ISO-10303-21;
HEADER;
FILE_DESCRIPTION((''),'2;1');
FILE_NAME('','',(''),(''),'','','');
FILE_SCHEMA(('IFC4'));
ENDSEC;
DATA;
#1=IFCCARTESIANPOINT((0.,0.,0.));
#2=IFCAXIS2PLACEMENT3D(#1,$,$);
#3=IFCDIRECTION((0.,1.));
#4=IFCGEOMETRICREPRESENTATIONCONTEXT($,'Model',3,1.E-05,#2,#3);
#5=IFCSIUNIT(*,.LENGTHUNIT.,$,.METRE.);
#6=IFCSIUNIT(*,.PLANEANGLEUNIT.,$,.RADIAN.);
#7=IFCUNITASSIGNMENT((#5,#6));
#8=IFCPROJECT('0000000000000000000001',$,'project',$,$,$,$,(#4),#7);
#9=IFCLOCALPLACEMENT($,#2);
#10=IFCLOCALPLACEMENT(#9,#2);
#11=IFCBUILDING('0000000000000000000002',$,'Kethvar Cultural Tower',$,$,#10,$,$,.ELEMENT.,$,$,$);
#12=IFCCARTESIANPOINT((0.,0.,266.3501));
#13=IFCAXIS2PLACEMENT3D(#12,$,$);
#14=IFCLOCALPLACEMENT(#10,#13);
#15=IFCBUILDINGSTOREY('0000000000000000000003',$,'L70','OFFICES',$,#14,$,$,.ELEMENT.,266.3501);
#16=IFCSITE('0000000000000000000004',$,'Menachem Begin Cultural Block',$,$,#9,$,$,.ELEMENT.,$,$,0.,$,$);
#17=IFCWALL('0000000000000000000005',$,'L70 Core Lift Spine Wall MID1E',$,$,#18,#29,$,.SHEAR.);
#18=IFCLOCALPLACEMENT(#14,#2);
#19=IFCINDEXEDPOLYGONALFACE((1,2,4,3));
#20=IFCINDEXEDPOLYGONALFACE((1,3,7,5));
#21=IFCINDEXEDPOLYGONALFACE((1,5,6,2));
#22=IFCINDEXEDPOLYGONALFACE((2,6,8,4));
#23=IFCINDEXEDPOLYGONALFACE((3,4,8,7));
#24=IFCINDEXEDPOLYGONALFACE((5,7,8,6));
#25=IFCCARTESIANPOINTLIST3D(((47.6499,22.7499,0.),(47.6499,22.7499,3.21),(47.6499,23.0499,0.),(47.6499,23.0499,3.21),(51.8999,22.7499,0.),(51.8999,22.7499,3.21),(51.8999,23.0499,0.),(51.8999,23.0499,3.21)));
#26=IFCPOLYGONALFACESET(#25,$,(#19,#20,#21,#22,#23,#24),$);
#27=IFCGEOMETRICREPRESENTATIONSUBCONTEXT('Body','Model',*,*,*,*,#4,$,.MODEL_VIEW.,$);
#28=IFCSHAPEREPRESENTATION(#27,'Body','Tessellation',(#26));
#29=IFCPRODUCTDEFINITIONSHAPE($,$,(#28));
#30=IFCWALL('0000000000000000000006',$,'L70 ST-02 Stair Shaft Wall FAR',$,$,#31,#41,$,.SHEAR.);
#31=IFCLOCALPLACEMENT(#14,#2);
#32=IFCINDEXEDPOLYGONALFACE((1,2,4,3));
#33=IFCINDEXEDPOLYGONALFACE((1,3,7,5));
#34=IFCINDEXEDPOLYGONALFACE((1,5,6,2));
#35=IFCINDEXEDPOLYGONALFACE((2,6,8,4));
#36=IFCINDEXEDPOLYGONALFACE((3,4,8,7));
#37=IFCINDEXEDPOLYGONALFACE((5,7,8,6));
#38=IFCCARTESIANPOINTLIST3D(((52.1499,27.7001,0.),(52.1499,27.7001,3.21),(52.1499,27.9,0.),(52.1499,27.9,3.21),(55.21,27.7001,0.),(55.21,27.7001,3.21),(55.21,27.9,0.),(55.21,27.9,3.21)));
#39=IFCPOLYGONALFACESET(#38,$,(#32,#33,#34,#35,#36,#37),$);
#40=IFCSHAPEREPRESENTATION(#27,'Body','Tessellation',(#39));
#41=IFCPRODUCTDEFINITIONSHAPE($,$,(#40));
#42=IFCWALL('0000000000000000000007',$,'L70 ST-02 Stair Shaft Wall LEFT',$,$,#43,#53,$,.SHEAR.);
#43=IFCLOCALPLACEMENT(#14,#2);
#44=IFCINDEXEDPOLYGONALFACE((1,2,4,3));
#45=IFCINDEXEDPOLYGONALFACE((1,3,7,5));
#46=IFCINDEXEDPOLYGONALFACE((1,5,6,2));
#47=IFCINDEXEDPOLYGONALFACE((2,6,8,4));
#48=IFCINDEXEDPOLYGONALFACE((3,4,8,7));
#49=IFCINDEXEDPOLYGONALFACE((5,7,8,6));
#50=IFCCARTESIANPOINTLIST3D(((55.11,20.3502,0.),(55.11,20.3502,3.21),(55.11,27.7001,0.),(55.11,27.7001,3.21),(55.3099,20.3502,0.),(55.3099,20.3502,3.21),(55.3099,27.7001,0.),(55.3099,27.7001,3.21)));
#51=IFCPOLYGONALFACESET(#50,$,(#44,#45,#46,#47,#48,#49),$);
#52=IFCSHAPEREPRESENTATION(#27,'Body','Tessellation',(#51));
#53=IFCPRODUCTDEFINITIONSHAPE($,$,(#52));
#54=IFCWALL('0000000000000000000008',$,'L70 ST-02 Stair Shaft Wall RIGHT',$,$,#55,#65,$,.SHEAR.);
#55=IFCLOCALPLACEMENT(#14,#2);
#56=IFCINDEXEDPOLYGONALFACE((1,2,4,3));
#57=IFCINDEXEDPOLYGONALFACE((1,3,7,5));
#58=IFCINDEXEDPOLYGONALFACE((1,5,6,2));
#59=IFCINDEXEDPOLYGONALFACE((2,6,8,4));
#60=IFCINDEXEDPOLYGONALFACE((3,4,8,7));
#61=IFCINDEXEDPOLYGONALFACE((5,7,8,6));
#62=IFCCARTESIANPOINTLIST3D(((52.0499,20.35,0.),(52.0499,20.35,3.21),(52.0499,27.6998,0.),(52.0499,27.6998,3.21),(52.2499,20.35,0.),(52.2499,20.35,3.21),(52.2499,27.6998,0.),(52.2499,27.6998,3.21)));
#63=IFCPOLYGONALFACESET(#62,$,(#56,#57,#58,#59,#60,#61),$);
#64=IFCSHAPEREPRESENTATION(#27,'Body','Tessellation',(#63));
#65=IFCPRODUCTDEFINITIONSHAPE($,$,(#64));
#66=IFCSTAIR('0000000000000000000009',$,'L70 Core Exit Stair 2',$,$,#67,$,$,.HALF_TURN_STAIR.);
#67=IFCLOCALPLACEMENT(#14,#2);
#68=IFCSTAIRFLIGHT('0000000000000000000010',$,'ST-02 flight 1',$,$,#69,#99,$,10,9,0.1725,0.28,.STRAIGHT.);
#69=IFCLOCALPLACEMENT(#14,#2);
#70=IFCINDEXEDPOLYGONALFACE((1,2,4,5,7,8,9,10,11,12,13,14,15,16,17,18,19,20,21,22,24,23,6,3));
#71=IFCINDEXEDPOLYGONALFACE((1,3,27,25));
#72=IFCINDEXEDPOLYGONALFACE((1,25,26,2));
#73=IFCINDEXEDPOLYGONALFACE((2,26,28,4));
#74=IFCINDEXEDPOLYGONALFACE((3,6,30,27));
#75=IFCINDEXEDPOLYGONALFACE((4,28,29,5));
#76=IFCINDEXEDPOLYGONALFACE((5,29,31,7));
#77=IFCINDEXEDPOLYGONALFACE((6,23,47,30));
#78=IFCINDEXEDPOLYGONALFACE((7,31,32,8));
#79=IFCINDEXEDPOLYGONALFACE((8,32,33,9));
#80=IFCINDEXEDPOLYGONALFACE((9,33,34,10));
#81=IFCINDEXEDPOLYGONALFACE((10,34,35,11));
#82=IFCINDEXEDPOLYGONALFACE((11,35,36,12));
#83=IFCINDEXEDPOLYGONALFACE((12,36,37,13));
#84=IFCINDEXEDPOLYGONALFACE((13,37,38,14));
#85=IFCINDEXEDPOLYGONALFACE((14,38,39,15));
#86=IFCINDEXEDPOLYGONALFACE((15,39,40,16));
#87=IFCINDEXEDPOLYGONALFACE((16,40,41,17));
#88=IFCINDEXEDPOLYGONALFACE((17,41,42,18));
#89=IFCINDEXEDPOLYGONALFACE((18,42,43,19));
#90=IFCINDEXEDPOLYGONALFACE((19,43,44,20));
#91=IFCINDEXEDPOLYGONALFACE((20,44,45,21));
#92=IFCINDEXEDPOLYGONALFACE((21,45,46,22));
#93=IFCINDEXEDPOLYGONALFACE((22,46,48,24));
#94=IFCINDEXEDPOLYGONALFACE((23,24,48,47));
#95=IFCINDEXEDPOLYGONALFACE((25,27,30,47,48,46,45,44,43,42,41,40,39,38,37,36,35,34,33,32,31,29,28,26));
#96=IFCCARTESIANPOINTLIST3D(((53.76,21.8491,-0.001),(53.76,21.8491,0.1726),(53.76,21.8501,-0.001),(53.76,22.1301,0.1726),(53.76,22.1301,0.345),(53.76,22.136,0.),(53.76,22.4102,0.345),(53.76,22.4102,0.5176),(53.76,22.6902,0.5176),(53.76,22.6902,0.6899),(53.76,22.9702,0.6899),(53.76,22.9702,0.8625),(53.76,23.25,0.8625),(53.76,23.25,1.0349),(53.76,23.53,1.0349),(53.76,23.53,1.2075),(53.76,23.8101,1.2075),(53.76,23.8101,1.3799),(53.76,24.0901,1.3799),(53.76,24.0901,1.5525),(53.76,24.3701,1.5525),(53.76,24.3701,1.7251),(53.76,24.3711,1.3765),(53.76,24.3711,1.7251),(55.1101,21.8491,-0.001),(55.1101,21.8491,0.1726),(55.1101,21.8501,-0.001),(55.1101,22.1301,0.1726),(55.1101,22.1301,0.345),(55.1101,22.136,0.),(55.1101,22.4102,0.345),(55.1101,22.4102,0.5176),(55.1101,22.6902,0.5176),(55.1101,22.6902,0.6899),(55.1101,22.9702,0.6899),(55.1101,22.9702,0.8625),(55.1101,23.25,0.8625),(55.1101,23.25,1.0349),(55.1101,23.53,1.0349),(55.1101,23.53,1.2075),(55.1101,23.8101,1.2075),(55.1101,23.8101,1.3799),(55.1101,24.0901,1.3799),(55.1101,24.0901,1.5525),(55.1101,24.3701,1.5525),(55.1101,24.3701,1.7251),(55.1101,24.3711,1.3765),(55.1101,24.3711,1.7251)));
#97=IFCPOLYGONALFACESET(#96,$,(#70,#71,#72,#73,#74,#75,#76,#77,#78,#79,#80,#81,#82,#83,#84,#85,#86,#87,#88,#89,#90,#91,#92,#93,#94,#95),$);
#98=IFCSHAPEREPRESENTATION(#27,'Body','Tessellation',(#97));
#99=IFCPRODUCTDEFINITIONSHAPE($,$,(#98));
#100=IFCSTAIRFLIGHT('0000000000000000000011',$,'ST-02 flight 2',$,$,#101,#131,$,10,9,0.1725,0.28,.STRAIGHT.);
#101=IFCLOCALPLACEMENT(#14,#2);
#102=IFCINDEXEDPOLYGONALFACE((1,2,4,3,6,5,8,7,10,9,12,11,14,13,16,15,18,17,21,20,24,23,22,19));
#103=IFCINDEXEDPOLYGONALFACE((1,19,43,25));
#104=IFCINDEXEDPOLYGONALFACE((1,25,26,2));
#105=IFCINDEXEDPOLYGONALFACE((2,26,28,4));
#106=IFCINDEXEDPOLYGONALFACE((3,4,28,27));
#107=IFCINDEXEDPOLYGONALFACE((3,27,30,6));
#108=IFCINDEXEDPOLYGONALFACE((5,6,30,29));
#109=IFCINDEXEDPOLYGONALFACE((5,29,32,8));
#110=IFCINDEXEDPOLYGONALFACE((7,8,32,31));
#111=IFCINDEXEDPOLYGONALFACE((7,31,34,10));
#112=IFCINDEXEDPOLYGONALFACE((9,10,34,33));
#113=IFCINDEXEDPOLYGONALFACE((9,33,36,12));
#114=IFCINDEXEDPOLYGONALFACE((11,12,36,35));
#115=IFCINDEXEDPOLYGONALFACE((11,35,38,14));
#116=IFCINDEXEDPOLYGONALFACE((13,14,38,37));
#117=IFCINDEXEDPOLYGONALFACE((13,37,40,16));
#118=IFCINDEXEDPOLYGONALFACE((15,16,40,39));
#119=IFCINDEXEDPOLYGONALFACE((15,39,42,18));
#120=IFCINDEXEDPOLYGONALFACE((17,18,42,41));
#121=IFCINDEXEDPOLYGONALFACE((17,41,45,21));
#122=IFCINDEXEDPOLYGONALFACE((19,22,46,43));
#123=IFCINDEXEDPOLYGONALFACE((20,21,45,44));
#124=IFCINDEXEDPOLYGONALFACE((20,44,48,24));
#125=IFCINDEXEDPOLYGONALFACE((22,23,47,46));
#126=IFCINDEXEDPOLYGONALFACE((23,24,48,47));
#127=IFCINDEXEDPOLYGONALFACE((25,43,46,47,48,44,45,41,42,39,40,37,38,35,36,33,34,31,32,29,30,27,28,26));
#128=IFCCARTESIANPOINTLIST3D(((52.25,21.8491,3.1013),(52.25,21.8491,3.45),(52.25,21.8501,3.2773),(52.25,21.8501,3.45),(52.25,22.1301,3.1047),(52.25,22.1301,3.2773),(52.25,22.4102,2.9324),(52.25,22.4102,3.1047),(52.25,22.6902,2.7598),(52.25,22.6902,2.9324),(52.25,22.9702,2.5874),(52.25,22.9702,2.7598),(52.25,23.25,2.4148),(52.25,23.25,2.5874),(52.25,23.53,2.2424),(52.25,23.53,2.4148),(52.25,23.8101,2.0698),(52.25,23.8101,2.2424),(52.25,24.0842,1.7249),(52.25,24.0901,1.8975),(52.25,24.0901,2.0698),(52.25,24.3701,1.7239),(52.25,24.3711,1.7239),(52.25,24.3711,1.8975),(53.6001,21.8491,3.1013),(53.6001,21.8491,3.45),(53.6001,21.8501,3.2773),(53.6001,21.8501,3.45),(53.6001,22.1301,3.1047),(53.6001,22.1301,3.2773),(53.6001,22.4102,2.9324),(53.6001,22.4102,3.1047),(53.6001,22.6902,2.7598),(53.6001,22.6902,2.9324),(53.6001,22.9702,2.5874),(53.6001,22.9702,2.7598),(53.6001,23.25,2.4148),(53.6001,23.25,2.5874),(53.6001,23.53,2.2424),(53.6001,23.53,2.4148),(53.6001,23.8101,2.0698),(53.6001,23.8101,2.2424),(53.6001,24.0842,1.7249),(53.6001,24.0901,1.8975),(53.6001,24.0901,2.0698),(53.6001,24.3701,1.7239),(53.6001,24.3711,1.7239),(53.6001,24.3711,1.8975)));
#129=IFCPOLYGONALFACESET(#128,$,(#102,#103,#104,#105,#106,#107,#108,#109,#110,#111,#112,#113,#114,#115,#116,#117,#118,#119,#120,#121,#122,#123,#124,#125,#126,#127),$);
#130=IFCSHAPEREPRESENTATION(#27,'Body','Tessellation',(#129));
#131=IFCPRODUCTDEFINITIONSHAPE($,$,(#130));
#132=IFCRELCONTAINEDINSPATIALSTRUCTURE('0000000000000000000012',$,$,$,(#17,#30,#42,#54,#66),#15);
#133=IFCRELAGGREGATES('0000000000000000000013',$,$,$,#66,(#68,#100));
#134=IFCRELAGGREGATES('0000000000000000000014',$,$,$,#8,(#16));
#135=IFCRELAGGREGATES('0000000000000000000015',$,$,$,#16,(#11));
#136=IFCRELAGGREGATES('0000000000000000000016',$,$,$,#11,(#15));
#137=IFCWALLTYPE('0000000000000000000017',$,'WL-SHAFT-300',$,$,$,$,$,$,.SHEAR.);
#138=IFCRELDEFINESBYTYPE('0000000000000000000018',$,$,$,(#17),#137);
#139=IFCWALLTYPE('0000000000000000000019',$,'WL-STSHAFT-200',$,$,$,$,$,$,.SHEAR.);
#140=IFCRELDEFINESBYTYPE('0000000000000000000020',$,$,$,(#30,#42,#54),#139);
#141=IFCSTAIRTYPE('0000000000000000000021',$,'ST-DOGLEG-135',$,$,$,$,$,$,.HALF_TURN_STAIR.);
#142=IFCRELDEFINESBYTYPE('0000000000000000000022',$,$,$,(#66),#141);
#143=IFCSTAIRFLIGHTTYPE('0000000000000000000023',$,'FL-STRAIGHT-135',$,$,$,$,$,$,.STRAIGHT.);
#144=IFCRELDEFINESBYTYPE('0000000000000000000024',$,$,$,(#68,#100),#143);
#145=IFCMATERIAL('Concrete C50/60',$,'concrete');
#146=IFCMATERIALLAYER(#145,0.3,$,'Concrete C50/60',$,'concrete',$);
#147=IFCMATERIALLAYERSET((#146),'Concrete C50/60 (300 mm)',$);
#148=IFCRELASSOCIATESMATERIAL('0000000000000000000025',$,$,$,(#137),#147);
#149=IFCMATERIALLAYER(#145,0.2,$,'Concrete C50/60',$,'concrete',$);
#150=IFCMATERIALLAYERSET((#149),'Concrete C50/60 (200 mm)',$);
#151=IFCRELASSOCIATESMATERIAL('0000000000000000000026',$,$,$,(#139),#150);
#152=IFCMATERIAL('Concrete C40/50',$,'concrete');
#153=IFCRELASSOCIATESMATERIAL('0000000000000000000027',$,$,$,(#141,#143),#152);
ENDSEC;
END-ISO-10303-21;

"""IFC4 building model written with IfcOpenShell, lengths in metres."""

from ifc_helpers import new_model, si_unit, direction, frame, frame_2d, origin, place, context, subcontext, project, spatial, polyline, rectangle, outline, extrude, material, layer, layer_set, type_object, element, aggregate, save


model = new_model("IFC4")

# Units and contexts
model_context = context("Model", 3, precision=1e-05, world=origin(), true_north=direction((0.0, 1.0)))
body_context = subcontext(model_context, "Body", "Model", "MODEL_VIEW")
ifc_project = project(units=[si_unit("LENGTHUNIT", "METRE"), si_unit("PLANEANGLEUNIT", "RADIAN")], contexts=[model_context])

# Site, building, storey
site_placement = place(None, origin())
site = spatial("IfcSite", under=ifc_project, at=site_placement, Name="Menachem Begin Cultural Block", CompositionType="ELEMENT", RefElevation=0.0)
building_placement = place(site_placement, origin())
building = spatial("IfcBuilding", under=site, at=building_placement, Name="Kethvar Cultural Tower", CompositionType="ELEMENT")
storey_placement = place(building_placement, frame((0.0, 0.0, 266.3501)))
storey = spatial("IfcBuildingStorey", under=building, at=storey_placement, Name="L70", Description="OFFICES", CompositionType="ELEMENT", Elevation=266.3501)

# Shared definitions
ifc_material_1 = material(Name="Concrete C50/60", Category="concrete")

# Wall
ifc_material_2 = material(Name="Concrete C40/50", Category="concrete")
ifc_layer_1 = layer(ifc_material_1, 0.3, Name="Concrete C50/60", Category="concrete")
ifc_layer_set_1 = layer_set([ifc_layer_1], Name="Concrete C50/60 (300 mm)")
wall_type_1 = type_object("IfcWallType", Name="WL-SHAFT-300", PredefinedType="SHEAR", material=ifc_layer_set_1)
wall_1_placement = place(storey_placement, frame((47.6499, 22.8999, 0.0), z_axis=(0.0, 0.0, 1.0), x_axis=(1.0, 0.0, 0.0)))
element("IfcWall", 1, at=wall_1_placement, inside=storey, type_object=wall_type_1, Name="L70 Core Lift Spine Wall MID1E", PredefinedType="SHEAR", context=body_context, shape_type="SweptSolid", body=[
    extrude(rectangle(XDim=4.25, YDim=0.3, at=frame_2d((2.125, 0.0))), origin(), (0.0, 0.0, 1.0), 3.21),
])

# Walls
ifc_layer_2 = layer(ifc_material_1, 0.2, Name="Concrete C50/60", Category="concrete")
ifc_layer_set_2 = layer_set([ifc_layer_2], Name="Concrete C50/60 (200 mm)")
wall_type_2 = type_object("IfcWallType", Name="WL-STSHAFT-200", PredefinedType="SHEAR", material=ifc_layer_set_2)
wall_2_placement = place(storey_placement, frame((52.1499, 27.8, 0.0), z_axis=(0.0, 0.0, 1.0), x_axis=(1.0, 0.0, 0.0)))
element("IfcWall", 2, at=wall_2_placement, inside=storey, type_object=wall_type_2, Name="L70 ST-02 Stair Shaft Wall FAR", PredefinedType="SHEAR", context=body_context, shape_type="SweptSolid", body=[
    extrude(rectangle(XDim=3.0601, YDim=0.2, at=frame_2d((1.53, 0.0))), origin(), (0.0, 0.0, 1.0), 3.21),
])
for number, where, z_axis, x_axis, name in (
    (3, (55.21, 27.7, 0.0), (0.0, 0.0, 1.0), (0.0, -1.0, 0.0), "L70 ST-02 Stair Shaft Wall LEFT"),
    (4, (52.1499, 20.3501, 0.0), (0.0, 0.0, 1.0), (0.0, 1.0, 0.0), "L70 ST-02 Stair Shaft Wall RIGHT"),
):
    element("IfcWall", number, at=place(storey_placement, frame(where, z_axis=z_axis, x_axis=x_axis)), inside=storey, type_object=wall_type_2, Name=name, PredefinedType="SHEAR", context=body_context, shape_type="SweptSolid", body=[
        extrude(rectangle(XDim=7.3499, YDim=0.2, at=frame_2d((3.6748, 0.0))), origin(), (0.0, 0.0, 1.0), 3.21),
    ])

# Stair, stair flights
stair_type = type_object("IfcStairType", Name="ST-DOGLEG-135", PredefinedType="HALF_TURN_STAIR", material=ifc_material_2)
stair_placement = place(storey_placement, origin())
stair = element("IfcStair", 5, at=stair_placement, inside=storey, type_object=stair_type, Name="L70 Core Exit Stair 2", PredefinedType="HALF_TURN_STAIR")
stair_flight_type = type_object("IfcStairFlightType", Name="FL-STRAIGHT-135", PredefinedType="STRAIGHT", material=ifc_material_2)
stair_flight_1_placement = place(storey_placement, frame((54.4351, 21.8501, 0.0), z_axis=(0.0, 0.0, 1.0), x_axis=(0.0, 1.0, 0.0)))
stair_flight_1 = element("IfcStairFlight", 6, at=stair_flight_1_placement, type_object=stair_flight_type, Name="ST-02 flight 1", NumberOfRisers=10, NumberOfTreads=9, PredefinedType="STRAIGHT", RiserHeight=0.1725, TreadLength=0.28, context=body_context, shape_type="SweptSolid", body=[
    extrude(outline(polyline([(-0.001, -0.001), (-0.001, 0.1726), (0.28, 0.1726), (0.28, 0.345), (0.5601, 0.345), (0.5601, 0.5176), (0.8401, 0.5176), (0.8401, 0.6899), (1.1201, 0.6899), (1.1201, 0.8625), (1.3999, 0.8625), (1.3999, 1.0349), (1.6799, 1.0349), (1.6799, 1.2075), (1.96, 1.2075), (1.96, 1.3799), (2.24, 1.3799), (2.24, 1.5525), (2.52, 1.5525), (2.52, 1.7251), (2.521, 1.7251), (2.521, 1.3765), (0.2859, 0.0), (0.0, -0.001), (-0.001, -0.001)])), frame((0.0, 0.675, 0.0), z_axis=(0.0, -1.0, 0.0), x_axis=(1.0, 0.0, 0.0)), (0.0, 0.0, 1.0), 1.3501),
])
stair_flight_2_placement = place(storey_placement, frame((52.925, 24.3701, 1.7249), z_axis=(0.0, 0.0, 1.0), x_axis=(0.0, -1.0, 0.0)))
stair_flight_2 = element("IfcStairFlight", 7, at=stair_flight_2_placement, type_object=stair_flight_type, Name="ST-02 flight 2", NumberOfRisers=10, NumberOfTreads=9, PredefinedType="STRAIGHT", RiserHeight=0.1725, TreadLength=0.28, context=body_context, shape_type="SweptSolid", body=[
    extrude(outline(polyline([(-0.001, -0.001), (-0.001, 0.1726), (0.28, 0.1726), (0.28, 0.345), (0.5601, 0.345), (0.5601, 0.5176), (0.8401, 0.5176), (0.8401, 0.6899), (1.1201, 0.6899), (1.1201, 0.8625), (1.3999, 0.8625), (1.3999, 1.0349), (1.6799, 1.0349), (1.6799, 1.2075), (1.96, 1.2075), (1.96, 1.3799), (2.24, 1.3799), (2.24, 1.5525), (2.52, 1.5525), (2.52, 1.7251), (2.521, 1.7251), (2.521, 1.3765), (0.2859, 0.0), (0.0, -0.001), (-0.001, -0.001)])), frame((0.0, 0.675, 0.0), z_axis=(0.0, -1.0, 0.0), x_axis=(1.0, 0.0, 0.0)), (0.0, 0.0, 1.0), 1.3501),
])
aggregate(stair, [stair_flight_1, stair_flight_2])

save(model, "model.ifc")
